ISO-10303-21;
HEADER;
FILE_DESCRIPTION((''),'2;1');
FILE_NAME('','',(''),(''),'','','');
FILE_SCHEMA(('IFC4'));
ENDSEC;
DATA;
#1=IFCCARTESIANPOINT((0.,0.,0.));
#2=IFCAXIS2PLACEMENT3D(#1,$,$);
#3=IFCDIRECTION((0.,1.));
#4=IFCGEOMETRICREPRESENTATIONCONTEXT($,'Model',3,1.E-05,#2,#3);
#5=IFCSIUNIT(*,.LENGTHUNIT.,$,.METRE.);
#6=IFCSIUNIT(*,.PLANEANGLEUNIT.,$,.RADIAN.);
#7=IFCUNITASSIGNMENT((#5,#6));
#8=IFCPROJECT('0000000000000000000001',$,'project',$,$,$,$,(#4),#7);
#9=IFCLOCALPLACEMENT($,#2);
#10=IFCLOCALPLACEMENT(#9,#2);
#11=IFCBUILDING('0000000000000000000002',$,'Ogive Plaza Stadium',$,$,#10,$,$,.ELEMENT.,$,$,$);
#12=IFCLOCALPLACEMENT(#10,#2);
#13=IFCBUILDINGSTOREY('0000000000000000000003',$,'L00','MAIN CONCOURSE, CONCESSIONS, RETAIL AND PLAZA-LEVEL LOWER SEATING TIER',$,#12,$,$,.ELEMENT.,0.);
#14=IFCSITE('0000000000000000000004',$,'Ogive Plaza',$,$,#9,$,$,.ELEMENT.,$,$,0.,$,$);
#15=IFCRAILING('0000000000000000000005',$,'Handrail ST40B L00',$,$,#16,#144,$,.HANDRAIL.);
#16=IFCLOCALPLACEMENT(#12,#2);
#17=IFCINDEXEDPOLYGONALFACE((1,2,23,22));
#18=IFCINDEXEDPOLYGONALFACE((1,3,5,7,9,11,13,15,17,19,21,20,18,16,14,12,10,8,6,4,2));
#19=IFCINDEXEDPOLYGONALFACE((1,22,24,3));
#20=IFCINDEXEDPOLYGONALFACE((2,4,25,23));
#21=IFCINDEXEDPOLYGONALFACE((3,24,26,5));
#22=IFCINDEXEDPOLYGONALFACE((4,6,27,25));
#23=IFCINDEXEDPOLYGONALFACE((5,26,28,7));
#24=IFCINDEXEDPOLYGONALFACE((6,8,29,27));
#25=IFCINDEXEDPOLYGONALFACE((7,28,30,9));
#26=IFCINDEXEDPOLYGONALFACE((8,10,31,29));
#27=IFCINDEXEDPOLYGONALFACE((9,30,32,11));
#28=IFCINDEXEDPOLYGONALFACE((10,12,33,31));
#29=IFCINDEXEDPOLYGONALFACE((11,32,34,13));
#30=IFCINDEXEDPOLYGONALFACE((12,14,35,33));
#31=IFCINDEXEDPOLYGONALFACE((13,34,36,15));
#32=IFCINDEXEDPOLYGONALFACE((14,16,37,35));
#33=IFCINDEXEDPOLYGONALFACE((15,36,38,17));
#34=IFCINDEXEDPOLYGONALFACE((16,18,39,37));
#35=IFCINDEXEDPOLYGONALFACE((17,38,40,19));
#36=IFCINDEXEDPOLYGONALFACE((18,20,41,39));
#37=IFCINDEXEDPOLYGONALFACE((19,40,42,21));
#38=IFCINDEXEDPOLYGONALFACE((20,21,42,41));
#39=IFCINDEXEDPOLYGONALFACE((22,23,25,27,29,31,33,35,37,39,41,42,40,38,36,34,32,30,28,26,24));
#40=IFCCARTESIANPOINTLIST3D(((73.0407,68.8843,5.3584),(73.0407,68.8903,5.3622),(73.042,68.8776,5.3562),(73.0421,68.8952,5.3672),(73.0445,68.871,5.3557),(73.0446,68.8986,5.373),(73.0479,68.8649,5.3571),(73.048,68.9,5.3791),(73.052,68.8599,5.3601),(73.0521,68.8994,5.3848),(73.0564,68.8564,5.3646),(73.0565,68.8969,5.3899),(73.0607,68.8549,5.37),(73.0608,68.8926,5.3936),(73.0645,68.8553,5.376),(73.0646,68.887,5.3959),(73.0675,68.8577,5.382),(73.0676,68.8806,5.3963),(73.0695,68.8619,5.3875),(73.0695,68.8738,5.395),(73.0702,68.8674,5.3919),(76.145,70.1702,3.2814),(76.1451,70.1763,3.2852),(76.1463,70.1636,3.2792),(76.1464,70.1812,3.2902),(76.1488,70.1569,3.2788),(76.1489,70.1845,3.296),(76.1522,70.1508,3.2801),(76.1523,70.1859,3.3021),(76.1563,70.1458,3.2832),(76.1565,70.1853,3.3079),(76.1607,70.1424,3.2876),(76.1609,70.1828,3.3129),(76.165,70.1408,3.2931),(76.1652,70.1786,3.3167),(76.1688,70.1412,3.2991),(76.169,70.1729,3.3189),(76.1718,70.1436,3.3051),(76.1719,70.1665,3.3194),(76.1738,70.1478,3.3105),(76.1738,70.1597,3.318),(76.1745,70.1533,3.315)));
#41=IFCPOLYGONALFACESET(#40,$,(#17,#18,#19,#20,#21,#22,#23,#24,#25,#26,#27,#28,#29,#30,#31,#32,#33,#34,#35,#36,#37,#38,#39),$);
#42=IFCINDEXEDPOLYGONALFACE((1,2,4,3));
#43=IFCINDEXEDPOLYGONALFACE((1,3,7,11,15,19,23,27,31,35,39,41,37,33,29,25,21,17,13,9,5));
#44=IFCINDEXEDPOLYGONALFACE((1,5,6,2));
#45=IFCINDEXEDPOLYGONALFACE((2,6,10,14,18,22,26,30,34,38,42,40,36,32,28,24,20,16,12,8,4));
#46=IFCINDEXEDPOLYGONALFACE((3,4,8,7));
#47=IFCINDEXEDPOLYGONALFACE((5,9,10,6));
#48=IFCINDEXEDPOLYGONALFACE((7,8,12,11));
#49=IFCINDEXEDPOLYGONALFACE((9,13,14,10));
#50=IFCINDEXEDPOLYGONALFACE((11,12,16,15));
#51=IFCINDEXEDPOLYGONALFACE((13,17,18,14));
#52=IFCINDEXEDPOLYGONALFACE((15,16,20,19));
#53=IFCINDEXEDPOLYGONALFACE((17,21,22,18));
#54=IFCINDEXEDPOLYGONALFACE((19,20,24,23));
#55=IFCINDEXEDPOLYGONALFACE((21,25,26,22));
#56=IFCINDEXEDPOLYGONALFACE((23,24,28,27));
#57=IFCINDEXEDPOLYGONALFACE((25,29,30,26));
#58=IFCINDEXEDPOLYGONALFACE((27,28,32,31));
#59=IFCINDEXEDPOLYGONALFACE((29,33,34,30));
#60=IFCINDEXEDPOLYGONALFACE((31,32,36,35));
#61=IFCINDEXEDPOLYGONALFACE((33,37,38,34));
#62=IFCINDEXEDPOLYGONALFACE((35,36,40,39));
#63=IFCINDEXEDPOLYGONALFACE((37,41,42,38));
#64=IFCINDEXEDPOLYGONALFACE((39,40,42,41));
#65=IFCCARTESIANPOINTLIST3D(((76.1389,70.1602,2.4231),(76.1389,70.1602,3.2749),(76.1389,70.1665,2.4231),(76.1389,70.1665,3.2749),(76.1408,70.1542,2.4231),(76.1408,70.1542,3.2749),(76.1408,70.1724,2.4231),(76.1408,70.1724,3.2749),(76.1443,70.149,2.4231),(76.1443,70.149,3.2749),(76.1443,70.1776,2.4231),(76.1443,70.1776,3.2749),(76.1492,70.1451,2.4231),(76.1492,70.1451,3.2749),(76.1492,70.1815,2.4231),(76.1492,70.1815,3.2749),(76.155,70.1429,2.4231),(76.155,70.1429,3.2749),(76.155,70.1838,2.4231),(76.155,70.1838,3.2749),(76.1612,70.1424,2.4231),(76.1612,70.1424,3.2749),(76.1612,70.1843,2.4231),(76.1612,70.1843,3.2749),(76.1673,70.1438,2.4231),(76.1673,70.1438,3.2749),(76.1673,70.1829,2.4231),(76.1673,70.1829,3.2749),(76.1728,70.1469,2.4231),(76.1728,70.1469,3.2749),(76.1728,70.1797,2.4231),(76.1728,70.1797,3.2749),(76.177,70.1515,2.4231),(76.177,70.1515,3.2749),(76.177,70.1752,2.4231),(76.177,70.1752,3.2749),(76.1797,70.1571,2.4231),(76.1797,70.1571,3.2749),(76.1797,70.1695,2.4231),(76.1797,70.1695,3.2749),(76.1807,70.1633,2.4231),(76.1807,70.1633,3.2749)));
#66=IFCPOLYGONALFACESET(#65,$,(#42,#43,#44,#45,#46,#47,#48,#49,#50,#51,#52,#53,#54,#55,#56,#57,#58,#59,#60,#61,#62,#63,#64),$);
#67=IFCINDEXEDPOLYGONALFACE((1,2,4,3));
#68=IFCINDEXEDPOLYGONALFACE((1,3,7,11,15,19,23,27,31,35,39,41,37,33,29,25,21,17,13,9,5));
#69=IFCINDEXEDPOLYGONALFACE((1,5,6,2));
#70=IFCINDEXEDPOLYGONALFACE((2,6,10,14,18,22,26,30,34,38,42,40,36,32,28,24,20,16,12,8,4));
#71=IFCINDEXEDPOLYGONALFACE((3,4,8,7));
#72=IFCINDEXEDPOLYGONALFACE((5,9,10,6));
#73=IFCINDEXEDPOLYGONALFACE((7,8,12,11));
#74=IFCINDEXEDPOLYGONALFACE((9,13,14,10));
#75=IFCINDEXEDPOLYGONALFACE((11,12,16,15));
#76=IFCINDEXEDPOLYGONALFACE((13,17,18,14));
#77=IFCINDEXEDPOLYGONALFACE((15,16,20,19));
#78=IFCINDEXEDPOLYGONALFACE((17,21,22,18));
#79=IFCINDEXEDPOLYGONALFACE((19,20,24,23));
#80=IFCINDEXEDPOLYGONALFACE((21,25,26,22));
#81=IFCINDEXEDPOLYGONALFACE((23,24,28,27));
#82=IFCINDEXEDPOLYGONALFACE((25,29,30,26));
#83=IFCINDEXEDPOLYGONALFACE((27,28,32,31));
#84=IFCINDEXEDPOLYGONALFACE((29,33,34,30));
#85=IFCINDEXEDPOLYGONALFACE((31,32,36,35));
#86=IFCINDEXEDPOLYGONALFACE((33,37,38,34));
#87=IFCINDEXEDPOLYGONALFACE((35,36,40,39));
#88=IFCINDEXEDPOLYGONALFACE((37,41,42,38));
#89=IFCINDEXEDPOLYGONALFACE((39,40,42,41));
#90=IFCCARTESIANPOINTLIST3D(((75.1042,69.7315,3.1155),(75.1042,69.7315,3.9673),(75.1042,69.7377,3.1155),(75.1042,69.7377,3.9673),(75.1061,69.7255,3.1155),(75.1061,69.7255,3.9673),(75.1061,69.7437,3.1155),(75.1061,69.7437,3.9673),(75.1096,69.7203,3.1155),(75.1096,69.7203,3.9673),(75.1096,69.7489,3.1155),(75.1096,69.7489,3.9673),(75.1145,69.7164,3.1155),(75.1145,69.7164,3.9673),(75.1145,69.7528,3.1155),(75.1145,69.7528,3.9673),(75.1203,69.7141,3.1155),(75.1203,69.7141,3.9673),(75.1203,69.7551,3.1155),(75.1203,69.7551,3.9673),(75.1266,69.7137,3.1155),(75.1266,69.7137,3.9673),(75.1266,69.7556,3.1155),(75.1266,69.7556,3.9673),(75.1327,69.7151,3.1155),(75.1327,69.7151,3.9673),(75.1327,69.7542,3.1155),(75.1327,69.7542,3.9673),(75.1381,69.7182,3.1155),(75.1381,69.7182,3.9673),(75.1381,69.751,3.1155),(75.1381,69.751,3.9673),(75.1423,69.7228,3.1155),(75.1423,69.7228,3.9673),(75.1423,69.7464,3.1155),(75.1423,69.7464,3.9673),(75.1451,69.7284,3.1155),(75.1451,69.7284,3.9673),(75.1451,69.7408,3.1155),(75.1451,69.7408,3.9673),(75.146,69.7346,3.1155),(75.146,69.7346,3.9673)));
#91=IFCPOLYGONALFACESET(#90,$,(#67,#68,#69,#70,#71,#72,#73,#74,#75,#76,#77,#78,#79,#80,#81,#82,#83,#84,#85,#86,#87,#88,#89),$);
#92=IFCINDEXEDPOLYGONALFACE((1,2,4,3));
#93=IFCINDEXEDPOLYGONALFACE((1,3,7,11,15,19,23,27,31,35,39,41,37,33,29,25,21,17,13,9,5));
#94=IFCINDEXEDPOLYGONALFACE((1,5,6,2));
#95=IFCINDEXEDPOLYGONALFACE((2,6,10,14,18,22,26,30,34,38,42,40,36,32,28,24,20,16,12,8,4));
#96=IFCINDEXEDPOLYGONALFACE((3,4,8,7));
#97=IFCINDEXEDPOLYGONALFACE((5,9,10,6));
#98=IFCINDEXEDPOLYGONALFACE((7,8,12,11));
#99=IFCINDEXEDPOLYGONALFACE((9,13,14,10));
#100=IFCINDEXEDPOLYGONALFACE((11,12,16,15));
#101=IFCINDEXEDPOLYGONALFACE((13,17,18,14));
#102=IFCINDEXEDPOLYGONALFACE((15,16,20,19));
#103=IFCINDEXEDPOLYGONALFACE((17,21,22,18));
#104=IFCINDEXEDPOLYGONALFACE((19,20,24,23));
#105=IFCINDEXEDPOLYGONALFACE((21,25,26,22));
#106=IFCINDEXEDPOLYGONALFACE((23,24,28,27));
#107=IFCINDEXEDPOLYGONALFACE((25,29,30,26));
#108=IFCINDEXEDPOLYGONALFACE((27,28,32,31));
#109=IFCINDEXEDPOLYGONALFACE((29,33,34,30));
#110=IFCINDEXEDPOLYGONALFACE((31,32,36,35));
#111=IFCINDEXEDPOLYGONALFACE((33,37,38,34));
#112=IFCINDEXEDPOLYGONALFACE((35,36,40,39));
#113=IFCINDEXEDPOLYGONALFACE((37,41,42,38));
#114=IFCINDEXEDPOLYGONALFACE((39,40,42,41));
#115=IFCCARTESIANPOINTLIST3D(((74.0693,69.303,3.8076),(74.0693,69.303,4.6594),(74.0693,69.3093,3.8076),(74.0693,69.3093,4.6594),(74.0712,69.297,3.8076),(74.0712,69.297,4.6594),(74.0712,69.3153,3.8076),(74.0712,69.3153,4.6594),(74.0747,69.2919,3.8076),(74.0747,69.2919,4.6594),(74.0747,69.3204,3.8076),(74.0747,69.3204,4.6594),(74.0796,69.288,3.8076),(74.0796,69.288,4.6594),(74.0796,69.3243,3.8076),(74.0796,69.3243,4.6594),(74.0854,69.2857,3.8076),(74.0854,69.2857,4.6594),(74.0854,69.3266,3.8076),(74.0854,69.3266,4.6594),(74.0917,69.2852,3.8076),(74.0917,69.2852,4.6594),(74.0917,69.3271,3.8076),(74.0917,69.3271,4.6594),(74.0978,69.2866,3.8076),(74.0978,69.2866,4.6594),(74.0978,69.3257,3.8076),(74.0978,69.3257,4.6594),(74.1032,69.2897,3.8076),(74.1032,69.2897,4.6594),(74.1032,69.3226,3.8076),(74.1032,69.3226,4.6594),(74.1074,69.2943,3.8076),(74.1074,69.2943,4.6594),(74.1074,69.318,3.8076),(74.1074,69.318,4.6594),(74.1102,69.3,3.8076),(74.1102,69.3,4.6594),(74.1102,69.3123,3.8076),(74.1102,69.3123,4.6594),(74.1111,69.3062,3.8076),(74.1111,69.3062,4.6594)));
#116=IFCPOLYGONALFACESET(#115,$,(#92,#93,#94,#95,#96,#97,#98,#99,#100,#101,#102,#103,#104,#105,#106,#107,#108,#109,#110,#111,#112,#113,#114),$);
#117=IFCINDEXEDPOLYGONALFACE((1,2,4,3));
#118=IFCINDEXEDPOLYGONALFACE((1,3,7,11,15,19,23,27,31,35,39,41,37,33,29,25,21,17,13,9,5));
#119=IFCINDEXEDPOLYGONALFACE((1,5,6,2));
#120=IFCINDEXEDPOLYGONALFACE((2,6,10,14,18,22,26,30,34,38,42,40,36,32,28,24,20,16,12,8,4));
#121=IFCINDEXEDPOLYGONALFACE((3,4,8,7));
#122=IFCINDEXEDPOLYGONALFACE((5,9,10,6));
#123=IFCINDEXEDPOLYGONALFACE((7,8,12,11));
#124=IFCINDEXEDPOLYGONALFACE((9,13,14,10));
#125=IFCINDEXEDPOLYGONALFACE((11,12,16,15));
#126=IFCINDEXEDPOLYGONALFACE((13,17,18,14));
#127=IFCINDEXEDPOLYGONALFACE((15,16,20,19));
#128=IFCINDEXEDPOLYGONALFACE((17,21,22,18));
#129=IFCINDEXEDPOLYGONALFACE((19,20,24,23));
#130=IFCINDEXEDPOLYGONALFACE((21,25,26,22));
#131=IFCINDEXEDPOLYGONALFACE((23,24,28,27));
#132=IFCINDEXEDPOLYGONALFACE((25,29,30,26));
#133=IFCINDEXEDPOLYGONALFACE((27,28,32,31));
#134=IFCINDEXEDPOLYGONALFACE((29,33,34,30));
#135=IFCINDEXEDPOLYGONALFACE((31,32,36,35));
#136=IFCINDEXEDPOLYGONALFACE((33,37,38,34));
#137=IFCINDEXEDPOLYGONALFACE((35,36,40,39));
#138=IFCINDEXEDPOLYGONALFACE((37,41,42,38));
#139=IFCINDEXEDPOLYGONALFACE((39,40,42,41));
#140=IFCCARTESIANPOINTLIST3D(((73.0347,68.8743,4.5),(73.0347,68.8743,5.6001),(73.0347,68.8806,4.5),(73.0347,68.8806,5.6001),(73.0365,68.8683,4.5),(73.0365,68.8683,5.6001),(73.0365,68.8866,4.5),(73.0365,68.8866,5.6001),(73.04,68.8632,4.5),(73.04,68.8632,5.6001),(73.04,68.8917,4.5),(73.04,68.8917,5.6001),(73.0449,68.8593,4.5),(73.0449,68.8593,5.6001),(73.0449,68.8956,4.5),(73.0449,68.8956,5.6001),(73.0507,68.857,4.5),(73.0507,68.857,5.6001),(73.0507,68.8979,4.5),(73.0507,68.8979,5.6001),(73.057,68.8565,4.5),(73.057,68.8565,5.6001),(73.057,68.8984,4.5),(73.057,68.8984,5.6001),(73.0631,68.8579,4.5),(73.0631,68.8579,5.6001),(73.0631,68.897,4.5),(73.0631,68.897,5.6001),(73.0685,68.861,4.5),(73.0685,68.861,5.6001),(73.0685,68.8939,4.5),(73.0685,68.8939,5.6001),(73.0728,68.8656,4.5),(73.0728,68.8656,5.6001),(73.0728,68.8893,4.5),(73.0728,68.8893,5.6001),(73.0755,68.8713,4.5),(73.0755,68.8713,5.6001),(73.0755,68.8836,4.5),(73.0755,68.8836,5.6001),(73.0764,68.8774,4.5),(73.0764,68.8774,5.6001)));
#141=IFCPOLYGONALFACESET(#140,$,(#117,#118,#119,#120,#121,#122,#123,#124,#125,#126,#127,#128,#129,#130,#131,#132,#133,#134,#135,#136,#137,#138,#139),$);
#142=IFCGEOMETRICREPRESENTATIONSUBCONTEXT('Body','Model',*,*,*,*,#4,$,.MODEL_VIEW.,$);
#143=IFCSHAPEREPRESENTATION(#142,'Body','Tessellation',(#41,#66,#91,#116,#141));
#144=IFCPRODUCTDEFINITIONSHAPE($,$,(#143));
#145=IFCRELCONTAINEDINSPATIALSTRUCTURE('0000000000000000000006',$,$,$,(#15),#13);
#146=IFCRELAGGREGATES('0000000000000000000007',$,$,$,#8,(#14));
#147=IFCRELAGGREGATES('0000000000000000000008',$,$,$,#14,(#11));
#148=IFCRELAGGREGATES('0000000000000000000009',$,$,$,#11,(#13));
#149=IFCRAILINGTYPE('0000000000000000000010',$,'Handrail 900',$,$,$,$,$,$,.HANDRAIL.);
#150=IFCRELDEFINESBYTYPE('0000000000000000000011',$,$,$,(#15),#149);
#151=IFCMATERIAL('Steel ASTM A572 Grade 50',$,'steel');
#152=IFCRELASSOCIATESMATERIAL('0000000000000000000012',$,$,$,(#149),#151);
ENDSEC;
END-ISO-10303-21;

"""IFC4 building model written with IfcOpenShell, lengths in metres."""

from ifc_helpers import new_model, si_unit, direction, frame, origin, origin_2d, place, context, subcontext, project, spatial, circle, extrude, material, type_object, element, save


model = new_model("IFC4")

# Units and contexts
model_context = context("Model", 3, precision=1e-05, world=origin(), true_north=direction((0.0, 1.0)))
body_context = subcontext(model_context, "Body", "Model", "MODEL_VIEW")
ifc_project = project(units=[si_unit("LENGTHUNIT", "METRE"), si_unit("PLANEANGLEUNIT", "RADIAN")], contexts=[model_context])

# Site, building, storey
site_placement = place(None, origin())
site = spatial("IfcSite", under=ifc_project, at=site_placement, Name="Ogive Plaza", CompositionType="ELEMENT", RefElevation=0.0)
building_placement = place(site_placement, origin())
building = spatial("IfcBuilding", under=site, at=building_placement, Name="Ogive Plaza Stadium", CompositionType="ELEMENT")
storey_placement = place(building_placement, origin())
storey = spatial("IfcBuildingStorey", under=building, at=storey_placement, Name="L00", Description="MAIN CONCOURSE, CONCESSIONS, RETAIL AND PLAZA-LEVEL LOWER SEATING TIER", CompositionType="ELEMENT", Elevation=0.0)

# Railing
ifc_material_1 = material(Name="Steel ASTM A572 Grade 50", Category="steel")
railing_type_1 = type_object("IfcRailingType", Name="Handrail 900", PredefinedType="HANDRAIL", material=ifc_material_1)
railing_1_placement = place(storey_placement, frame((76.1597, 70.1633, 2.4231)))
element("IfcRailing", 1, at=railing_1_placement, inside=storey, type_object=railing_type_1, Name="Handrail ST40B L00", PredefinedType="HANDRAIL", context=body_context, shape_type="SweptSolid", body=[
    extrude(circle(Radius=0.0239, at=origin_2d()), frame((0.0, 0.0, 0.876), z_axis=(-0.785863, -0.325532, 0.525783), x_axis=(0.3827, -0.923872, 0.0)), (0.0, 0.0, 1.0), 3.9502),
    extrude(circle(Radius=0.021, at=origin_2d()), origin(), (0.0, 0.0, 1.0), 0.8518),
    extrude(circle(Radius=0.021, at=origin_2d()), frame((-1.0347, -0.4287, 0.6924)), (0.0, 0.0, 1.0), 0.8518),
    extrude(circle(Radius=0.021, at=origin_2d()), frame((-2.0696, -0.8572, 1.3845)), (0.0, 0.0, 1.0), 0.8518),
    extrude(circle(Radius=0.021, at=origin_2d()), frame((-3.1042, -1.2859, 2.0769)), (0.0, 0.0, 1.0), 1.1001),
])

save(model, "model.ifc")
